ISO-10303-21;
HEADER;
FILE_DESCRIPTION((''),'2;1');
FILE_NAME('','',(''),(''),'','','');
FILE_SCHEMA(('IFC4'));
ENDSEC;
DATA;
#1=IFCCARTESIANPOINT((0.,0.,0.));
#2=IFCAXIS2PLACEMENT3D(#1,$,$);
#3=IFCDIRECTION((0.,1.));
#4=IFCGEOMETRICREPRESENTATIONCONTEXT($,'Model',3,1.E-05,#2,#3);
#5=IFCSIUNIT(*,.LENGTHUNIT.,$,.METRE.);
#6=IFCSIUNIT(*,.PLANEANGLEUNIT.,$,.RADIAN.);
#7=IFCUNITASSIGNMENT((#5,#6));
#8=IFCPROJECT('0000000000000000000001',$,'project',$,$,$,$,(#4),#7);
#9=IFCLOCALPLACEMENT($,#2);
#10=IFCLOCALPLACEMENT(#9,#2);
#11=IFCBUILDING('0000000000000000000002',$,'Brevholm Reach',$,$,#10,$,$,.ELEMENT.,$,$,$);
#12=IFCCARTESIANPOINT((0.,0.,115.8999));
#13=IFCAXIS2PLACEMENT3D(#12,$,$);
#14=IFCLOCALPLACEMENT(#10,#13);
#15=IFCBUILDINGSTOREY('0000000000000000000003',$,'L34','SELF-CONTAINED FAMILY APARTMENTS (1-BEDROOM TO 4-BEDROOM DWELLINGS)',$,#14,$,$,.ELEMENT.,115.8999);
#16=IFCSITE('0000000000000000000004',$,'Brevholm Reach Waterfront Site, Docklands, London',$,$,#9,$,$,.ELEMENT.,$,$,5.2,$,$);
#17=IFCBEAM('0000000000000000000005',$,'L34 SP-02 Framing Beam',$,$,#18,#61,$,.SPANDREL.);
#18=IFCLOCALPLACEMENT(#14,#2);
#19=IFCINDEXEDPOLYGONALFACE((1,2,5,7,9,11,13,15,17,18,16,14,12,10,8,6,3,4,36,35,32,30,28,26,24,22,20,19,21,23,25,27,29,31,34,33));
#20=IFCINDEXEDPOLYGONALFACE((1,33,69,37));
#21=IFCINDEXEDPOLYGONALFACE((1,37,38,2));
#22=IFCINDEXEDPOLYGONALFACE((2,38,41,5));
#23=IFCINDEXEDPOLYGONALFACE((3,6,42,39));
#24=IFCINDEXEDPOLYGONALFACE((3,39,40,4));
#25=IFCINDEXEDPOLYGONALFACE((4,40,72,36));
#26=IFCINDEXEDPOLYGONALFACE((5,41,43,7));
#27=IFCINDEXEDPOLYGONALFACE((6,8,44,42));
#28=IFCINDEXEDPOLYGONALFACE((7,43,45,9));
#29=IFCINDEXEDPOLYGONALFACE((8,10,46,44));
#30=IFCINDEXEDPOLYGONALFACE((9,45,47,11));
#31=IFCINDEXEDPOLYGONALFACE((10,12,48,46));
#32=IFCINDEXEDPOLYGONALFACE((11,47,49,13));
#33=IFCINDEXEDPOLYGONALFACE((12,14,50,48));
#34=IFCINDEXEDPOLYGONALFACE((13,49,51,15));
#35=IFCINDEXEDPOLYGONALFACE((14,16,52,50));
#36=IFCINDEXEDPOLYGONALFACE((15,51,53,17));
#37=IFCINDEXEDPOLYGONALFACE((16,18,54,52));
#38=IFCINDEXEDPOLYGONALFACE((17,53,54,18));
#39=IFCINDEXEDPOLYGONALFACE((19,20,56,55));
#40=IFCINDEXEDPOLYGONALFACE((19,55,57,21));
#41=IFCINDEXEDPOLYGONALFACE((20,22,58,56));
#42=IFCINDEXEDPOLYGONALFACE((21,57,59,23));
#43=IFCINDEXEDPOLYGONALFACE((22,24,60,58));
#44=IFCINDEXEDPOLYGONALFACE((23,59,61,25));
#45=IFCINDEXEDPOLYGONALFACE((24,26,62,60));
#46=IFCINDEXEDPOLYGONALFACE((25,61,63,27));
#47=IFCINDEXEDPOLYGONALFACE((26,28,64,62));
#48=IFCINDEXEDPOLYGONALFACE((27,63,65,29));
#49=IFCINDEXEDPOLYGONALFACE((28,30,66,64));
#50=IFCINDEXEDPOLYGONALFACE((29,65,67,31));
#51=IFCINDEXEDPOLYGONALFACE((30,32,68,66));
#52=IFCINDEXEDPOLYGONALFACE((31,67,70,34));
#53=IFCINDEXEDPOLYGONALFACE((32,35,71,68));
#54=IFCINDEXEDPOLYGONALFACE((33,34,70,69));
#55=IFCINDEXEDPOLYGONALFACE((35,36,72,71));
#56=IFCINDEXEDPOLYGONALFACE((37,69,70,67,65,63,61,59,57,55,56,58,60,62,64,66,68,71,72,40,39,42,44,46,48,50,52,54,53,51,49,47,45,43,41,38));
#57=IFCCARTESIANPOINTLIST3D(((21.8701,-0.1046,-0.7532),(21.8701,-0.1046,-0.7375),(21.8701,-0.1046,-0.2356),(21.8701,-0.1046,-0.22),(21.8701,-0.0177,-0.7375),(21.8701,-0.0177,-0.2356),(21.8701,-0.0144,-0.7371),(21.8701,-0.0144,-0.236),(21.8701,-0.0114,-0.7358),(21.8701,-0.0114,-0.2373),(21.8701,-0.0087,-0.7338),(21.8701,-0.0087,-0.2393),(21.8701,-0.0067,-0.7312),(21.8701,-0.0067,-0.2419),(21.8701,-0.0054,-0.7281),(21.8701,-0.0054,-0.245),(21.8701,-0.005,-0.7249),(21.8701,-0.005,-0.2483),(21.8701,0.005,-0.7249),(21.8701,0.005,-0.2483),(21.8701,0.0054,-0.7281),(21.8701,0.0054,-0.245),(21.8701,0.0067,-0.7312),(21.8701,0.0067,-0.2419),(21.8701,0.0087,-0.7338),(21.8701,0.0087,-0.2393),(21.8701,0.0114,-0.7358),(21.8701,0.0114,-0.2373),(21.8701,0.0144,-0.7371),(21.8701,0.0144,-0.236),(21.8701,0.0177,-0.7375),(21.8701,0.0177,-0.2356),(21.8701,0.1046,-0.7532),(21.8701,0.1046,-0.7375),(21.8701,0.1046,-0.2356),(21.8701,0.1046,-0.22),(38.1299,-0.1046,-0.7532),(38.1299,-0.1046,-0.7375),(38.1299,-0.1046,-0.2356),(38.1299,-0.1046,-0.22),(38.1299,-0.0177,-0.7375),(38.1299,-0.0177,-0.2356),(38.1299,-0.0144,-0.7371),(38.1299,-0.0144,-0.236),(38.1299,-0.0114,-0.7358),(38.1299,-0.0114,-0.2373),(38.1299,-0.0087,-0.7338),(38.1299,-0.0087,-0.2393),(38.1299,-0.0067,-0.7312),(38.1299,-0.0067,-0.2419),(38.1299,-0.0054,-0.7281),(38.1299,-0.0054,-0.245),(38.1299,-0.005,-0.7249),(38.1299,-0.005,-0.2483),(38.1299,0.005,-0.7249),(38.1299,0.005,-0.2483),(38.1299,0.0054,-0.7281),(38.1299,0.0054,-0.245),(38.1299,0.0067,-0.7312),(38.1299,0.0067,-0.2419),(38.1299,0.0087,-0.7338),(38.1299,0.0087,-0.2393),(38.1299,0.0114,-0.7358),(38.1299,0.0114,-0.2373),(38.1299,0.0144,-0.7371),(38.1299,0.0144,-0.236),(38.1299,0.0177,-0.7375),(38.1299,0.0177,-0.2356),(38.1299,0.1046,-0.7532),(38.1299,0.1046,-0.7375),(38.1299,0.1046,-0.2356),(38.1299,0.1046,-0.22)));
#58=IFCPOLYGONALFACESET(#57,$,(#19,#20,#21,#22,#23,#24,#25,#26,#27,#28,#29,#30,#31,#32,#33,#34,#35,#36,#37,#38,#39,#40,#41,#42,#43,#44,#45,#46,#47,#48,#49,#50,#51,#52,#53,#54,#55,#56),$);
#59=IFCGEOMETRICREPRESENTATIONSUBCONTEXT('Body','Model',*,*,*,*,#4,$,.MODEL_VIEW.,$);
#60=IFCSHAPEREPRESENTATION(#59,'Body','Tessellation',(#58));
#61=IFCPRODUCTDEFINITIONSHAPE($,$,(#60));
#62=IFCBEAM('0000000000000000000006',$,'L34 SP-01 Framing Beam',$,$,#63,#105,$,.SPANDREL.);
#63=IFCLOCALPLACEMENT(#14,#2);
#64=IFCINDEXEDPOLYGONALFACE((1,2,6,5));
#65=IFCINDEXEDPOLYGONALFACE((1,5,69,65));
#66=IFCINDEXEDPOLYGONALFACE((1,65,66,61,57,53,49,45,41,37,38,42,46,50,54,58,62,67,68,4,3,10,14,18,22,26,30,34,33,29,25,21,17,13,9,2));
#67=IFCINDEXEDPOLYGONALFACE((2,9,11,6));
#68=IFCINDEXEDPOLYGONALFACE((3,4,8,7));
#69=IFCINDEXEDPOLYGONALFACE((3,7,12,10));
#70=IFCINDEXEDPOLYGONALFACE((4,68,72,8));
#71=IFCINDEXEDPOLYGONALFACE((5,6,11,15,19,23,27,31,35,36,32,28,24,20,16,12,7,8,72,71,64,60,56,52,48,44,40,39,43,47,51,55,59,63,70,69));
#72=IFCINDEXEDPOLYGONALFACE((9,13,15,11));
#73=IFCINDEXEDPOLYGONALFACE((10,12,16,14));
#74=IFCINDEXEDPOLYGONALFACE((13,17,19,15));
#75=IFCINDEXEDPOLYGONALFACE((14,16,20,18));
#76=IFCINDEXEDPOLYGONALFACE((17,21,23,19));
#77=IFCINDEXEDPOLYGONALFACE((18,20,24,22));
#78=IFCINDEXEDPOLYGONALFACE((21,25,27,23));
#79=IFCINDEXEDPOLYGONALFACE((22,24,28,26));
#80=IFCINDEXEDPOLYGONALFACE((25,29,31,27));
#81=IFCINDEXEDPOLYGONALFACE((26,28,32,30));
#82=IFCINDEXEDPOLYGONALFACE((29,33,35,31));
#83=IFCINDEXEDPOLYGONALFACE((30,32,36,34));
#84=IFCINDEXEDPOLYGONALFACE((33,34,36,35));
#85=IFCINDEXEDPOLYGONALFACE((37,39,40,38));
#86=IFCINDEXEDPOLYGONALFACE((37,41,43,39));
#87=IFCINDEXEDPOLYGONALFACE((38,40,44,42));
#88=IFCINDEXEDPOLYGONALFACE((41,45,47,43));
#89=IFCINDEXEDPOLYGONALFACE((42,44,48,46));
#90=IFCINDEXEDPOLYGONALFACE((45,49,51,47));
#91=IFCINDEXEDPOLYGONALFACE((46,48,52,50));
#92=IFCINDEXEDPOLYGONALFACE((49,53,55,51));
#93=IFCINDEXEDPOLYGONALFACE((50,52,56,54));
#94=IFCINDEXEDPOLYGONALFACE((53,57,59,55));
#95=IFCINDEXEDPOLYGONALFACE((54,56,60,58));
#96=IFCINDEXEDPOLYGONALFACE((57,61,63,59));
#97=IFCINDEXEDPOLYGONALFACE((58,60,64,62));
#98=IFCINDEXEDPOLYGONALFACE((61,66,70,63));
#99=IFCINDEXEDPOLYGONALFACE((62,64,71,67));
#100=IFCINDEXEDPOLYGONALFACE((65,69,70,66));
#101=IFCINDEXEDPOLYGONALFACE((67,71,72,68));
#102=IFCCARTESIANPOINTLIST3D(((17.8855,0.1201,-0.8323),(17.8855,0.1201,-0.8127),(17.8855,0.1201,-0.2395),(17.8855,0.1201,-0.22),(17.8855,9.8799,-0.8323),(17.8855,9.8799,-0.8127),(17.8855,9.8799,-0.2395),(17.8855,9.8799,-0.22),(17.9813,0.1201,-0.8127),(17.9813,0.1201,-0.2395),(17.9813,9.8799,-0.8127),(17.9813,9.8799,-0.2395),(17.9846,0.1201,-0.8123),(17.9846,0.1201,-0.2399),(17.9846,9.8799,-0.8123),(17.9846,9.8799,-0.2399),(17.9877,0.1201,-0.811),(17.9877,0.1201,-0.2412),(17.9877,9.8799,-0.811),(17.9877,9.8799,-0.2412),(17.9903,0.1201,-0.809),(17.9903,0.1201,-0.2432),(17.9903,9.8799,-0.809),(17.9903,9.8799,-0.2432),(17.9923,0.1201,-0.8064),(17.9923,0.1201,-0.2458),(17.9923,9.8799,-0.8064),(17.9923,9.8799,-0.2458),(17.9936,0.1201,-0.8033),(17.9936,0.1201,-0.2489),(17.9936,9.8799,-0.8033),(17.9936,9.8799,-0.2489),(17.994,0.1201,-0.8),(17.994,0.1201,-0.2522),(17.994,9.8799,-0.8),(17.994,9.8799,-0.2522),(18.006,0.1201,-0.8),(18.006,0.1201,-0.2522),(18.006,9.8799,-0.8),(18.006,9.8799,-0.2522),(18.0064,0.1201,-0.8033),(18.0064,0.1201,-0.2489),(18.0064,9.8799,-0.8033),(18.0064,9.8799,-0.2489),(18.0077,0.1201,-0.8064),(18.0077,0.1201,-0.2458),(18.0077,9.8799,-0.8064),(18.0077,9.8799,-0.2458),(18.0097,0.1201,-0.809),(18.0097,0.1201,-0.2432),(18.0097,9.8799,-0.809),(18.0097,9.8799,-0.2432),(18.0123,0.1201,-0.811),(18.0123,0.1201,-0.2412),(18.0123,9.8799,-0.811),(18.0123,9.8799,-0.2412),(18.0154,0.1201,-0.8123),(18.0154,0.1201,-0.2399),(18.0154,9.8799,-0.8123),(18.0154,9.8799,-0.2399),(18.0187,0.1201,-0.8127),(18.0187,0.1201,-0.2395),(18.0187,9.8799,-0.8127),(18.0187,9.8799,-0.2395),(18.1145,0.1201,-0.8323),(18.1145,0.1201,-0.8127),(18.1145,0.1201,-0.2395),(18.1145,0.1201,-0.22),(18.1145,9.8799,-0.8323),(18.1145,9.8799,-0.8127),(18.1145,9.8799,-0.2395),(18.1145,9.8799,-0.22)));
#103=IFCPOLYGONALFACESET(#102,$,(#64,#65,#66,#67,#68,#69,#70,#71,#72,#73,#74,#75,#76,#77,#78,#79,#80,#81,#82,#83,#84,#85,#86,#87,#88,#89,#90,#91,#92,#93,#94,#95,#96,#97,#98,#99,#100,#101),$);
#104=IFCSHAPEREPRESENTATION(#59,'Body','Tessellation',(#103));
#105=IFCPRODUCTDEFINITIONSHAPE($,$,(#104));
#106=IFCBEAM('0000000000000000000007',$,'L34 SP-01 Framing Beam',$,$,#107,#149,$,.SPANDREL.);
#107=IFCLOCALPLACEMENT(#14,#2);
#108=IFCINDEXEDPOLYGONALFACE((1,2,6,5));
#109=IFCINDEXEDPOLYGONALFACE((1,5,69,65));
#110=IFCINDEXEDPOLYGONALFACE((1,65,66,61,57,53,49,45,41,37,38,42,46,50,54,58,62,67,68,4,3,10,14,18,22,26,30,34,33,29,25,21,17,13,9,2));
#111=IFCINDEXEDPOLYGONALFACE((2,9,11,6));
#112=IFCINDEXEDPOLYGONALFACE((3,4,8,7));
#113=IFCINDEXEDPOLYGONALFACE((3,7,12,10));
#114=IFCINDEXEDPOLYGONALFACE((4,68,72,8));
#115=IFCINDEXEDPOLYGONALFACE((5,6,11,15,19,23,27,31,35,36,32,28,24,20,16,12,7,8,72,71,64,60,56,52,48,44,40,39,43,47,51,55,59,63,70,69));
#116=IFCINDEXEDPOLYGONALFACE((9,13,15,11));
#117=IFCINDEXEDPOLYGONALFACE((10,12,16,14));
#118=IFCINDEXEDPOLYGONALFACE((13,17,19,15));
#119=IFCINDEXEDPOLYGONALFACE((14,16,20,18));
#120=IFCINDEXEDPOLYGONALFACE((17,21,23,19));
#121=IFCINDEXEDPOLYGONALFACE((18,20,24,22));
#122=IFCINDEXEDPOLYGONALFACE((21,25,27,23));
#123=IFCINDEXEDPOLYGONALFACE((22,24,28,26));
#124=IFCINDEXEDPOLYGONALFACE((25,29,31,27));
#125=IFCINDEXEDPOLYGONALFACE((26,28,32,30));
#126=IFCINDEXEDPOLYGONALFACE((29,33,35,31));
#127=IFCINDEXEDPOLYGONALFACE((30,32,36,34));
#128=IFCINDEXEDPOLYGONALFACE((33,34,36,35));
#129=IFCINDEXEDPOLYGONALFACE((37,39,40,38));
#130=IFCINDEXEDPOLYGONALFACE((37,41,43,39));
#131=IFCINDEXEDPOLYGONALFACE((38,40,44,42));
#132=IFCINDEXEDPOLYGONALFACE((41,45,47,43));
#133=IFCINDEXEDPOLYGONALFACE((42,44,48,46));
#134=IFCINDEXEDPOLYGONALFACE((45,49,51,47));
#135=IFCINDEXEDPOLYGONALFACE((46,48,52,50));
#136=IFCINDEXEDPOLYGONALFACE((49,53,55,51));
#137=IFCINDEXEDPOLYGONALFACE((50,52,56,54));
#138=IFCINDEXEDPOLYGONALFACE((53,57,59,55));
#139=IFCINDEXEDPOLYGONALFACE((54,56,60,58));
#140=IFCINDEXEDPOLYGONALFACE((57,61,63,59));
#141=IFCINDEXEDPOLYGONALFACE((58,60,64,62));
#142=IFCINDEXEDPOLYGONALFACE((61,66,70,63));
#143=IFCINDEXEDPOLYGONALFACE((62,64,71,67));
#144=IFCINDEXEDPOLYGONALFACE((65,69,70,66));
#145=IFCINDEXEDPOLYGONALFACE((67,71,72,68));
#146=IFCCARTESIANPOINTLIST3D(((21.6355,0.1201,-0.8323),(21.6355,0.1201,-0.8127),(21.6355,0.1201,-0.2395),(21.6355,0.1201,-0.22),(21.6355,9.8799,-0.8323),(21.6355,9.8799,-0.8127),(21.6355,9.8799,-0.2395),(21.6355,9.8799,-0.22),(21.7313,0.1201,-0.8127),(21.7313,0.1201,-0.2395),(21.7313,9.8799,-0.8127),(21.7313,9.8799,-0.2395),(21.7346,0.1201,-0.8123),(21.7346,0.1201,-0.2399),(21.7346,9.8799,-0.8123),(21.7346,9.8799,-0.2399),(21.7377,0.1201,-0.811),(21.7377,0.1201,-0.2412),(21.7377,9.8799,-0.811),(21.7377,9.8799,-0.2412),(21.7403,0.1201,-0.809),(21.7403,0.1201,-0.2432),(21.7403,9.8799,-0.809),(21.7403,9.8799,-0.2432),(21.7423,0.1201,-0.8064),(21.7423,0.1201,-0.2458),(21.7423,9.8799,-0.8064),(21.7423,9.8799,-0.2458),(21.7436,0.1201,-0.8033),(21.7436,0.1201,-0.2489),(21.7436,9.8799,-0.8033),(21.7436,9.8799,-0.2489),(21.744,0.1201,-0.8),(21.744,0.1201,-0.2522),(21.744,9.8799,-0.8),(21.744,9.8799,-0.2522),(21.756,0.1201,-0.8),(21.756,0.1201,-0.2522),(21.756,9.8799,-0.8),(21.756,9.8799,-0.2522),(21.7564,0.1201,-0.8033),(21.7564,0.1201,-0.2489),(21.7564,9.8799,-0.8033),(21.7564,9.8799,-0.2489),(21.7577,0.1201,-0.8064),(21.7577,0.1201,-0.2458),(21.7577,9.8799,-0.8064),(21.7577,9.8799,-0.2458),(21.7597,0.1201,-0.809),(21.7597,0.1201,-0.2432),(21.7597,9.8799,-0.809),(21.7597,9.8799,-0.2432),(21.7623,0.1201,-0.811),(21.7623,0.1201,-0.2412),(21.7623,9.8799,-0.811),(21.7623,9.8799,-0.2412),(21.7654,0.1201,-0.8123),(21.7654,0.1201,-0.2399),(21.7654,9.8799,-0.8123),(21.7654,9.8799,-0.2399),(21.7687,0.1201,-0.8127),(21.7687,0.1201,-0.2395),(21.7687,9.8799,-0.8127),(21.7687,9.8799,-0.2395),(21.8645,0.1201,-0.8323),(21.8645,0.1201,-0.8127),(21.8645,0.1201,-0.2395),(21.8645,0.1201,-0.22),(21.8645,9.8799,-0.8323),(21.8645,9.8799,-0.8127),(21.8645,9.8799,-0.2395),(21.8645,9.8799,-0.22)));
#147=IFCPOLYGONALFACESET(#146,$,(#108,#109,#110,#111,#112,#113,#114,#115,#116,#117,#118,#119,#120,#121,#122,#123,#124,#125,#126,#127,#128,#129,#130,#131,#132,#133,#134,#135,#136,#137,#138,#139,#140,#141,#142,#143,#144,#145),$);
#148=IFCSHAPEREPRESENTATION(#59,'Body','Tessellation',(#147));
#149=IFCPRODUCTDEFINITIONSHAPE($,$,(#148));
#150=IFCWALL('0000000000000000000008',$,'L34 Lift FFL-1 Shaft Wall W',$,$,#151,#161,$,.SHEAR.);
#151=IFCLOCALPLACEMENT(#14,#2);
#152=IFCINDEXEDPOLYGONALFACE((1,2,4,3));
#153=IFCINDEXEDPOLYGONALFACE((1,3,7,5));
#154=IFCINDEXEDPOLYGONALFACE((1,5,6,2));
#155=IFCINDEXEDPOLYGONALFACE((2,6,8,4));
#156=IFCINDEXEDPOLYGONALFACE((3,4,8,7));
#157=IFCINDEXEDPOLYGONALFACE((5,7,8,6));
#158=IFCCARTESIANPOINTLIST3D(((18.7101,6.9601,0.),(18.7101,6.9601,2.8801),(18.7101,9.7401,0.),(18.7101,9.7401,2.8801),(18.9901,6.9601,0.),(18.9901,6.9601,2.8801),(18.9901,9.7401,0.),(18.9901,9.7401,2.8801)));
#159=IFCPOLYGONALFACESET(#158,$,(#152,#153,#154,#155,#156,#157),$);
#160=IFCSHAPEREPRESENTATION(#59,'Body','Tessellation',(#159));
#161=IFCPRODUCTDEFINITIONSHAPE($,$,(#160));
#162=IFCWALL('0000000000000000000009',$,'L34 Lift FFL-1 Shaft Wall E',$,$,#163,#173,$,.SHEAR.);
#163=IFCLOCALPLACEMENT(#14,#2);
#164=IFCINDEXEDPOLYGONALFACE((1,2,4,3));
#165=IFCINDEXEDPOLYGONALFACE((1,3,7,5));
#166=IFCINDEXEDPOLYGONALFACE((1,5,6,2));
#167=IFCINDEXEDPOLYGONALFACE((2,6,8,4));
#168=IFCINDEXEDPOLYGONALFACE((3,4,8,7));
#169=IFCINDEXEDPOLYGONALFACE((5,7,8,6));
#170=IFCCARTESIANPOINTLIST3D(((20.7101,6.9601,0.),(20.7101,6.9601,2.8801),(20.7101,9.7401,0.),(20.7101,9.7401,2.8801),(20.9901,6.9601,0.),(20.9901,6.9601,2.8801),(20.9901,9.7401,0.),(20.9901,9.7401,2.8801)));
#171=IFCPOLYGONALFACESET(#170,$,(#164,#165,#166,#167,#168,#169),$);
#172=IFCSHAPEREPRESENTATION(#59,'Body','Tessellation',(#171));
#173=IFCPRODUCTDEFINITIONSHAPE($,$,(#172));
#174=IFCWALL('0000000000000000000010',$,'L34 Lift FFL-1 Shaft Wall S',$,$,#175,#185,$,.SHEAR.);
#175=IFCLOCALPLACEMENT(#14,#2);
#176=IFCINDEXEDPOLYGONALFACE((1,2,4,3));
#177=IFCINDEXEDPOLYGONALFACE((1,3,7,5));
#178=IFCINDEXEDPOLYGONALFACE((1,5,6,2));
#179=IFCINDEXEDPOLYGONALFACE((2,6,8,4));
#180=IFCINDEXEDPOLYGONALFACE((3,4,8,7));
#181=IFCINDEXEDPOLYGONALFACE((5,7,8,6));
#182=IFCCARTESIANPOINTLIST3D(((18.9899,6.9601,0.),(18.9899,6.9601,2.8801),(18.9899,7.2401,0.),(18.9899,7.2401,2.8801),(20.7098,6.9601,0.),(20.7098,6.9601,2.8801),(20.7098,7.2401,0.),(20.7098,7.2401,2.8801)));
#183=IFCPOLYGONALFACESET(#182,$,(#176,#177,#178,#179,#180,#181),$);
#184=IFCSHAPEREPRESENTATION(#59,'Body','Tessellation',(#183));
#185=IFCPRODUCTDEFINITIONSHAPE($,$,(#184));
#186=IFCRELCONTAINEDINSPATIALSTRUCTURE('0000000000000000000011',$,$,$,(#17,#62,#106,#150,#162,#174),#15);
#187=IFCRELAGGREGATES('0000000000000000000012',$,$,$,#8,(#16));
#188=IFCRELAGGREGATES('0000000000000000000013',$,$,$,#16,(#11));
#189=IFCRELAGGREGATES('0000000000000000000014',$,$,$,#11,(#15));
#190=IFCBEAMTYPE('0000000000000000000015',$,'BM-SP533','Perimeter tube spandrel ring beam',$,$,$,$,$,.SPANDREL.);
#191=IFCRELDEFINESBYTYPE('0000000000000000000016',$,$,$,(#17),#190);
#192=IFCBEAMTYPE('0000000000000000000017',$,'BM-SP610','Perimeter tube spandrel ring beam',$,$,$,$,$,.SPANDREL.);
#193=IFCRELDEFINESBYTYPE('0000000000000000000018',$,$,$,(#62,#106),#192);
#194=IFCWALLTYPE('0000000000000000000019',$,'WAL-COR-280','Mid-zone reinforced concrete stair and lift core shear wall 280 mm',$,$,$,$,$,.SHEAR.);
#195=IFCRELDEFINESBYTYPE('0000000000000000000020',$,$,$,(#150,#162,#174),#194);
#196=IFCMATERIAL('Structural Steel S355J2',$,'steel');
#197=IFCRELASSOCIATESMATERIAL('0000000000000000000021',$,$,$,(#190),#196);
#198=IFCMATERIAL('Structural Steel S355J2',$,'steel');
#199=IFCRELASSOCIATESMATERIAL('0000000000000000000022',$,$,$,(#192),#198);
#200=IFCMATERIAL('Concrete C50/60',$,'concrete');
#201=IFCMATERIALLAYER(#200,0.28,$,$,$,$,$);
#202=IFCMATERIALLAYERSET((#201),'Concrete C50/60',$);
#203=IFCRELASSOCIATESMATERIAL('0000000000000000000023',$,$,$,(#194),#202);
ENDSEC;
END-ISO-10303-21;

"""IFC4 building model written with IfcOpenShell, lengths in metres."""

from ifc_helpers import new_model, si_unit, direction, frame, frame_2d, origin, origin_2d, place, context, subcontext, project, spatial, rectangle, i_section, extrude, material, layer, layer_set, material_profile, profile_set, type_object, element, save


model = new_model("IFC4")

# Units and contexts
model_context = context("Model", 3, precision=1e-05, world=origin(), true_north=direction((0.0, 1.0)))
body_context = subcontext(model_context, "Body", "Model", "MODEL_VIEW")
ifc_project = project(units=[si_unit("LENGTHUNIT", "METRE"), si_unit("PLANEANGLEUNIT", "RADIAN")], contexts=[model_context])

# Site, building, storey
site_placement = place(None, origin())
site = spatial("IfcSite", under=ifc_project, at=site_placement, Name="Brevholm Reach Waterfront Site, Docklands, London", CompositionType="ELEMENT", RefElevation=5.2)
building_placement = place(site_placement, origin())
building = spatial("IfcBuilding", under=site, at=building_placement, Name="Brevholm Reach", CompositionType="ELEMENT")
storey_placement = place(building_placement, frame((0.0, 0.0, 115.8999)))
storey = spatial("IfcBuildingStorey", under=building, at=storey_placement, Name="L34", Description="SELF-CONTAINED FAMILY APARTMENTS (1-BEDROOM TO 4-BEDROOM DWELLINGS)", CompositionType="ELEMENT", Elevation=115.8999)

# Beams
ifc_material_1 = material(Name="Structural Steel S355J2", Category="steel")
ifc_material_profile_1 = material_profile(ifc_material_1, i_section(OverallWidth=0.2092, OverallDepth=0.5332, WebThickness=0.01, FlangeThickness=0.0156, FilletRadius=0.0127, at=origin_2d()), Name="UKB 533x210x92")
ifc_profile_set_1 = profile_set([ifc_material_profile_1], Name="Structural Steel S355J2")
beam_type_1 = type_object("IfcBeamType", Name="BM-SP533", Description="Perimeter tube spandrel ring beam", PredefinedType="SPANDREL", material=ifc_profile_set_1)
beam_1_placement = place(storey_placement, frame((21.8701, 0.0, -0.4866), z_axis=(1.0, 0.0, 0.0), x_axis=(0.0, 1.0, 0.0)))
element("IfcBeam", 1, at=beam_1_placement, inside=storey, type_object=beam_type_1, Name="L34 SP-02 Framing Beam", PredefinedType="SPANDREL", context=body_context, shape_type="SweptSolid", body=[
    extrude(i_section(OverallWidth=0.2092, OverallDepth=0.5332, WebThickness=0.01, FlangeThickness=0.0156, FilletRadius=0.0127, at=origin_2d()), origin(), (0.0, 0.0, 1.0), 16.2598),
])
ifc_material_2 = material(Name="Structural Steel S355J2", Category="steel")
ifc_material_profile_2 = material_profile(ifc_material_2, i_section(OverallWidth=0.229, OverallDepth=0.6123, WebThickness=0.012, FlangeThickness=0.0195, FilletRadius=0.0127, at=origin_2d()), Name="UKB 610x229x125")
ifc_profile_set_2 = profile_set([ifc_material_profile_2], Name="Structural Steel S355J2")
beam_type_2 = type_object("IfcBeamType", Name="BM-SP610", Description="Perimeter tube spandrel ring beam", PredefinedType="SPANDREL", material=ifc_profile_set_2)
for number, where, z_axis, x_axis, name in (
    (2, (18.0, 0.1201, -0.5261), (0.0, 1.0, 0.0), (-1.0, 0.0, 0.0), "L34 SP-01 Framing Beam"),
    (3, (21.75, 0.1201, -0.5261), (0.0, 1.0, 0.0), (-1.0, 0.0, 0.0), "L34 SP-01 Framing Beam"),
):
    element("IfcBeam", number, at=place(storey_placement, frame(where, z_axis=z_axis, x_axis=x_axis)), inside=storey, type_object=beam_type_2, Name=name, PredefinedType="SPANDREL", context=body_context, shape_type="SweptSolid", body=[
        extrude(i_section(OverallWidth=0.229, OverallDepth=0.6123, WebThickness=0.012, FlangeThickness=0.0195, FilletRadius=0.0127, at=origin_2d()), origin(), (0.0, 0.0, 1.0), 9.7598),
    ])

# Walls
ifc_material_3 = material(Name="Concrete C50/60", Category="concrete")
ifc_layer_1 = layer(ifc_material_3, 0.28)
ifc_layer_set_1 = layer_set([ifc_layer_1], Name="Concrete C50/60")
wall_type_1 = type_object("IfcWallType", Name="WAL-COR-280", Description="Mid-zone reinforced concrete stair and lift core shear wall 280 mm", PredefinedType="SHEAR", material=ifc_layer_set_1)
for number, where, z_axis, x_axis, name in (
    (4, (18.8501, 6.96, 0.0), (0.0, 0.0, 1.0), (0.0, 1.0, 0.0), "L34 Lift FFL-1 Shaft Wall W"),
    (5, (20.8501, 6.96, 0.0), (0.0, 0.0, 1.0), (0.0, 1.0, 0.0), "L34 Lift FFL-1 Shaft Wall E"),
):
    element("IfcWall", number, at=place(storey_placement, frame(where, z_axis=z_axis, x_axis=x_axis)), inside=storey, type_object=wall_type_1, Name=name, PredefinedType="SHEAR", context=body_context, shape_type="SweptSolid", body=[
        extrude(rectangle(XDim=2.78, YDim=0.28, at=frame_2d((1.3901, 0.0))), origin(), (0.0, 0.0, 1.0), 2.8801),
    ])
wall_1_placement = place(storey_placement, frame((18.99, 7.1001, 0.0), z_axis=(0.0, 0.0, 1.0), x_axis=(1.0, 0.0, 0.0)))
element("IfcWall", 6, at=wall_1_placement, inside=storey, type_object=wall_type_1, Name="L34 Lift FFL-1 Shaft Wall S", PredefinedType="SHEAR", context=body_context, shape_type="SweptSolid", body=[
    extrude(rectangle(XDim=1.72, YDim=0.28, at=frame_2d((0.8599, 0.0))), origin(), (0.0, 0.0, 1.0), 2.8801),
])

save(model, "model.ifc")
